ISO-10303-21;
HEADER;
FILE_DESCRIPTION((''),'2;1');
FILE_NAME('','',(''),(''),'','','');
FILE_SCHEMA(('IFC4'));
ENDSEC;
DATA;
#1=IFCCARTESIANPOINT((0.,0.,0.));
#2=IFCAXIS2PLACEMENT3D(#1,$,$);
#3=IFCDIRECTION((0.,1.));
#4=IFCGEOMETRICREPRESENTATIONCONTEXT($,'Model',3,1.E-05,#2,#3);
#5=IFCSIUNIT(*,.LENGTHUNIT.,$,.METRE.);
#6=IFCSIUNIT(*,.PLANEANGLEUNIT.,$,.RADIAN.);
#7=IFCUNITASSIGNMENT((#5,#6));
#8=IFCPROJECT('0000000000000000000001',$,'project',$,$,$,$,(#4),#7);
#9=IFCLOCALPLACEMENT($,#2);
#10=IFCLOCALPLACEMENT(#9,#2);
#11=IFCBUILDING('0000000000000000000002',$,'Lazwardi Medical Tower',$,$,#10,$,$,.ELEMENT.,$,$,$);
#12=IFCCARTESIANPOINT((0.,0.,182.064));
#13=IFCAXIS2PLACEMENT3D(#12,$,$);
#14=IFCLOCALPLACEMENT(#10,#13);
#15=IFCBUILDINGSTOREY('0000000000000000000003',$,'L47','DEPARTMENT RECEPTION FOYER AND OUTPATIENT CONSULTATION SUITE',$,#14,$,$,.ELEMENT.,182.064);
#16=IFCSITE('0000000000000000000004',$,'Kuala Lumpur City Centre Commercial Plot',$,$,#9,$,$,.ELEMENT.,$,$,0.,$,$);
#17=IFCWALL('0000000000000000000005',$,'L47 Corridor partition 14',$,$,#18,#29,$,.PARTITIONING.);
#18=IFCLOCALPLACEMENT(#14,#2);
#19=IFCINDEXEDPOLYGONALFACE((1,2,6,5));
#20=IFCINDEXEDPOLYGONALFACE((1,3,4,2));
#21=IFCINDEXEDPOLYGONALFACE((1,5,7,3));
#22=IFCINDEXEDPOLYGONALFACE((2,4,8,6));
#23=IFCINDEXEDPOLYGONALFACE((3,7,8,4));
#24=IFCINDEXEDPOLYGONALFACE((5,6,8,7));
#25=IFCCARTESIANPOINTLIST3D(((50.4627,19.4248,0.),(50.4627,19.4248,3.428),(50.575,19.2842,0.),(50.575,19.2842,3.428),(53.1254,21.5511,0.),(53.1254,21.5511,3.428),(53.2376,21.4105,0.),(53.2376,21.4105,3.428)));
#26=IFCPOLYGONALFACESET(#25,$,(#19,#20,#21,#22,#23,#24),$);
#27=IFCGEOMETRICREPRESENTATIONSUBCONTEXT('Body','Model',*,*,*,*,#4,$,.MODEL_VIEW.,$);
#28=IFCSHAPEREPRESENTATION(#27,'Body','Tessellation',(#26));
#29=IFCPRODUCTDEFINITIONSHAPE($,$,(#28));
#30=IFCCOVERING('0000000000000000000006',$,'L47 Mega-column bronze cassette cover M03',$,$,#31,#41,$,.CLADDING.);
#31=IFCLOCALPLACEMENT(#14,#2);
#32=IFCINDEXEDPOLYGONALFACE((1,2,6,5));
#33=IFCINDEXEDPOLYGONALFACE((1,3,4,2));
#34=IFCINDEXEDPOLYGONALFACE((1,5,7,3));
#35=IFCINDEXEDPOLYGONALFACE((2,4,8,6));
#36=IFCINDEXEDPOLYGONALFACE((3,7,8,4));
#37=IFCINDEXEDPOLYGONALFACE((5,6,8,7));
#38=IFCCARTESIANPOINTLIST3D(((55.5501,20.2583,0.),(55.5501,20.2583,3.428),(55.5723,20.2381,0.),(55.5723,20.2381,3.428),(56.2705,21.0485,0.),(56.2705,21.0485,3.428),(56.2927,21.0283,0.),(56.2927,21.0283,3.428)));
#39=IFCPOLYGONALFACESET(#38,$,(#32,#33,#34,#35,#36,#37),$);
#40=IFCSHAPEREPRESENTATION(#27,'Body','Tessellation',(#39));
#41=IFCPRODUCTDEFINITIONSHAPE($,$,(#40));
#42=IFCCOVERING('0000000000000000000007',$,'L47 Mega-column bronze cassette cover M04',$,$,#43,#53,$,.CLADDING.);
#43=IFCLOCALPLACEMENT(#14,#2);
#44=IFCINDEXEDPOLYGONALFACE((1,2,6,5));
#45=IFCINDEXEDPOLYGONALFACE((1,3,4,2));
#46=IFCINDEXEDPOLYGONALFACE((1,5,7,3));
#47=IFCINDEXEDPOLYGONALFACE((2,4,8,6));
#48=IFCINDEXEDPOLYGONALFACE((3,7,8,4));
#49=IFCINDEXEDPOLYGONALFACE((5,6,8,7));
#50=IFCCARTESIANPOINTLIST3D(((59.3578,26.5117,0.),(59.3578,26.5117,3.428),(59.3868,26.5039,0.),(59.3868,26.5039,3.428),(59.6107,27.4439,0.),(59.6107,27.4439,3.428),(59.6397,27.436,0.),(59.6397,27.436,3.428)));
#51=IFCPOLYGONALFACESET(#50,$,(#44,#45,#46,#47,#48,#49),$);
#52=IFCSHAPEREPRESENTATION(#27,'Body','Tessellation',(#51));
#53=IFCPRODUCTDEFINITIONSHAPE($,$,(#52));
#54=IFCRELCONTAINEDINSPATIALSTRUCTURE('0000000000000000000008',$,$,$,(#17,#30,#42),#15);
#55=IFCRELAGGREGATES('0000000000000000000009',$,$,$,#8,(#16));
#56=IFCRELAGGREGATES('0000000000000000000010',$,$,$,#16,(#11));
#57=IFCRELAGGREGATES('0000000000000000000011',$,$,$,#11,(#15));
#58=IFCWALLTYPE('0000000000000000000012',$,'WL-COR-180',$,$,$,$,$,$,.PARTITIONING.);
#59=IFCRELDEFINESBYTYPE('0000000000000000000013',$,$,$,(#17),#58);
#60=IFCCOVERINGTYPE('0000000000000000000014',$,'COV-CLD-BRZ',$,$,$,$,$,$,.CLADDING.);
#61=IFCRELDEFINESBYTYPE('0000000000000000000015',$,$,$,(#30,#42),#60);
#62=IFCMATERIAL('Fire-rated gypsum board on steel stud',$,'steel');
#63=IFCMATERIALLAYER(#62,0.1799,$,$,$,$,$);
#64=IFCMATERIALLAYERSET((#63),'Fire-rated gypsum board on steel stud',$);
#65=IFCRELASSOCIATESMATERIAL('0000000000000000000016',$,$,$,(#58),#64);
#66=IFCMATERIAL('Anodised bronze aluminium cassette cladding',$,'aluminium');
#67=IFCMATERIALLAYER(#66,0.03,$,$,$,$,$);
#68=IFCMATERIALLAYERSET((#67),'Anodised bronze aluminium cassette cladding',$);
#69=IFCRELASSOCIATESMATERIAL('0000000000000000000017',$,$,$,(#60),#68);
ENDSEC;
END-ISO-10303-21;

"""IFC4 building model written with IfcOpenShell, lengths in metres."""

from ifc_helpers import new_model, si_unit, direction, frame, frame_2d, origin, origin_2d, place, context, subcontext, project, spatial, rectangle, extrude, material, layer, layer_set, type_object, element, save


model = new_model("IFC4")

# Units and contexts
model_context = context("Model", 3, precision=1e-05, world=origin(), true_north=direction((0.0, 1.0)))
body_context = subcontext(model_context, "Body", "Model", "MODEL_VIEW")
ifc_project = project(units=[si_unit("LENGTHUNIT", "METRE"), si_unit("PLANEANGLEUNIT", "RADIAN")], contexts=[model_context])

# Site, building, storey
site_placement = place(None, origin())
site = spatial("IfcSite", under=ifc_project, at=site_placement, Name="Kuala Lumpur City Centre Commercial Plot", CompositionType="ELEMENT", RefElevation=0.0)
building_placement = place(site_placement, origin())
building = spatial("IfcBuilding", under=site, at=building_placement, Name="Lazwardi Medical Tower", CompositionType="ELEMENT")
storey_placement = place(building_placement, frame((0.0, 0.0, 182.064)))
storey = spatial("IfcBuildingStorey", under=building, at=storey_placement, Name="L47", Description="DEPARTMENT RECEPTION FOYER AND OUTPATIENT CONSULTATION SUITE", CompositionType="ELEMENT", Elevation=182.064)

# Wall
ifc_material_1 = material(Name="Fire-rated gypsum board on steel stud", Category="steel")
ifc_layer_1 = layer(ifc_material_1, 0.1799)
ifc_layer_set_1 = layer_set([ifc_layer_1], Name="Fire-rated gypsum board on steel stud")
wall_type = type_object("IfcWallType", Name="WL-COR-180", PredefinedType="PARTITIONING", material=ifc_layer_set_1)
wall_placement = place(storey_placement, frame((53.1814, 21.4807, 0.0), z_axis=(0.0, 0.0, 1.0), x_axis=(-0.781421, -0.624005, 0.0)))
element("IfcWall", 1, at=wall_placement, inside=storey, type_object=wall_type, Name="L47 Corridor partition 14", PredefinedType="PARTITIONING", context=body_context, shape_type="SweptSolid", body=[
    extrude(rectangle(XDim=3.4075, YDim=0.1799, at=frame_2d((1.7036, 0.0))), origin(), (0.0, 0.0, 1.0), 3.428),
])

# Coverings
ifc_material_2 = material(Name="Anodised bronze aluminium cassette cladding", Category="aluminium")
ifc_layer_2 = layer(ifc_material_2, 0.03)
ifc_layer_set_2 = layer_set([ifc_layer_2], Name="Anodised bronze aluminium cassette cladding")
covering_type = type_object("IfcCoveringType", Name="COV-CLD-BRZ", PredefinedType="CLADDING", material=ifc_layer_set_2)
covering_1_placement = place(storey_placement, frame((55.9214, 20.6433, 0.0), z_axis=(0.0, 0.0, 1.0), x_axis=(0.673714, 0.738992, 0.0)))
element("IfcCovering", 2, at=covering_1_placement, inside=storey, type_object=covering_type, Name="L47 Mega-column bronze cassette cover M03", PredefinedType="CLADDING", context=body_context, shape_type="SweptSolid", body=[
    extrude(rectangle(XDim=1.0693, YDim=0.03, at=origin_2d()), origin(), (0.0, 0.0, 1.0), 3.428),
])
covering_2_placement = place(storey_placement, frame((59.4988, 26.9739, 0.0), z_axis=(0.0, 0.0, 1.0), x_axis=(0.261829, 0.965114, 0.0)))
element("IfcCovering", 3, at=covering_2_placement, inside=storey, type_object=covering_type, Name="L47 Mega-column bronze cassette cover M04", PredefinedType="CLADDING", context=body_context, shape_type="SweptSolid", body=[
    extrude(rectangle(XDim=0.9658, YDim=0.03, at=origin_2d()), origin(), (0.0, 0.0, 1.0), 3.428),
])

save(model, "model.ifc")
